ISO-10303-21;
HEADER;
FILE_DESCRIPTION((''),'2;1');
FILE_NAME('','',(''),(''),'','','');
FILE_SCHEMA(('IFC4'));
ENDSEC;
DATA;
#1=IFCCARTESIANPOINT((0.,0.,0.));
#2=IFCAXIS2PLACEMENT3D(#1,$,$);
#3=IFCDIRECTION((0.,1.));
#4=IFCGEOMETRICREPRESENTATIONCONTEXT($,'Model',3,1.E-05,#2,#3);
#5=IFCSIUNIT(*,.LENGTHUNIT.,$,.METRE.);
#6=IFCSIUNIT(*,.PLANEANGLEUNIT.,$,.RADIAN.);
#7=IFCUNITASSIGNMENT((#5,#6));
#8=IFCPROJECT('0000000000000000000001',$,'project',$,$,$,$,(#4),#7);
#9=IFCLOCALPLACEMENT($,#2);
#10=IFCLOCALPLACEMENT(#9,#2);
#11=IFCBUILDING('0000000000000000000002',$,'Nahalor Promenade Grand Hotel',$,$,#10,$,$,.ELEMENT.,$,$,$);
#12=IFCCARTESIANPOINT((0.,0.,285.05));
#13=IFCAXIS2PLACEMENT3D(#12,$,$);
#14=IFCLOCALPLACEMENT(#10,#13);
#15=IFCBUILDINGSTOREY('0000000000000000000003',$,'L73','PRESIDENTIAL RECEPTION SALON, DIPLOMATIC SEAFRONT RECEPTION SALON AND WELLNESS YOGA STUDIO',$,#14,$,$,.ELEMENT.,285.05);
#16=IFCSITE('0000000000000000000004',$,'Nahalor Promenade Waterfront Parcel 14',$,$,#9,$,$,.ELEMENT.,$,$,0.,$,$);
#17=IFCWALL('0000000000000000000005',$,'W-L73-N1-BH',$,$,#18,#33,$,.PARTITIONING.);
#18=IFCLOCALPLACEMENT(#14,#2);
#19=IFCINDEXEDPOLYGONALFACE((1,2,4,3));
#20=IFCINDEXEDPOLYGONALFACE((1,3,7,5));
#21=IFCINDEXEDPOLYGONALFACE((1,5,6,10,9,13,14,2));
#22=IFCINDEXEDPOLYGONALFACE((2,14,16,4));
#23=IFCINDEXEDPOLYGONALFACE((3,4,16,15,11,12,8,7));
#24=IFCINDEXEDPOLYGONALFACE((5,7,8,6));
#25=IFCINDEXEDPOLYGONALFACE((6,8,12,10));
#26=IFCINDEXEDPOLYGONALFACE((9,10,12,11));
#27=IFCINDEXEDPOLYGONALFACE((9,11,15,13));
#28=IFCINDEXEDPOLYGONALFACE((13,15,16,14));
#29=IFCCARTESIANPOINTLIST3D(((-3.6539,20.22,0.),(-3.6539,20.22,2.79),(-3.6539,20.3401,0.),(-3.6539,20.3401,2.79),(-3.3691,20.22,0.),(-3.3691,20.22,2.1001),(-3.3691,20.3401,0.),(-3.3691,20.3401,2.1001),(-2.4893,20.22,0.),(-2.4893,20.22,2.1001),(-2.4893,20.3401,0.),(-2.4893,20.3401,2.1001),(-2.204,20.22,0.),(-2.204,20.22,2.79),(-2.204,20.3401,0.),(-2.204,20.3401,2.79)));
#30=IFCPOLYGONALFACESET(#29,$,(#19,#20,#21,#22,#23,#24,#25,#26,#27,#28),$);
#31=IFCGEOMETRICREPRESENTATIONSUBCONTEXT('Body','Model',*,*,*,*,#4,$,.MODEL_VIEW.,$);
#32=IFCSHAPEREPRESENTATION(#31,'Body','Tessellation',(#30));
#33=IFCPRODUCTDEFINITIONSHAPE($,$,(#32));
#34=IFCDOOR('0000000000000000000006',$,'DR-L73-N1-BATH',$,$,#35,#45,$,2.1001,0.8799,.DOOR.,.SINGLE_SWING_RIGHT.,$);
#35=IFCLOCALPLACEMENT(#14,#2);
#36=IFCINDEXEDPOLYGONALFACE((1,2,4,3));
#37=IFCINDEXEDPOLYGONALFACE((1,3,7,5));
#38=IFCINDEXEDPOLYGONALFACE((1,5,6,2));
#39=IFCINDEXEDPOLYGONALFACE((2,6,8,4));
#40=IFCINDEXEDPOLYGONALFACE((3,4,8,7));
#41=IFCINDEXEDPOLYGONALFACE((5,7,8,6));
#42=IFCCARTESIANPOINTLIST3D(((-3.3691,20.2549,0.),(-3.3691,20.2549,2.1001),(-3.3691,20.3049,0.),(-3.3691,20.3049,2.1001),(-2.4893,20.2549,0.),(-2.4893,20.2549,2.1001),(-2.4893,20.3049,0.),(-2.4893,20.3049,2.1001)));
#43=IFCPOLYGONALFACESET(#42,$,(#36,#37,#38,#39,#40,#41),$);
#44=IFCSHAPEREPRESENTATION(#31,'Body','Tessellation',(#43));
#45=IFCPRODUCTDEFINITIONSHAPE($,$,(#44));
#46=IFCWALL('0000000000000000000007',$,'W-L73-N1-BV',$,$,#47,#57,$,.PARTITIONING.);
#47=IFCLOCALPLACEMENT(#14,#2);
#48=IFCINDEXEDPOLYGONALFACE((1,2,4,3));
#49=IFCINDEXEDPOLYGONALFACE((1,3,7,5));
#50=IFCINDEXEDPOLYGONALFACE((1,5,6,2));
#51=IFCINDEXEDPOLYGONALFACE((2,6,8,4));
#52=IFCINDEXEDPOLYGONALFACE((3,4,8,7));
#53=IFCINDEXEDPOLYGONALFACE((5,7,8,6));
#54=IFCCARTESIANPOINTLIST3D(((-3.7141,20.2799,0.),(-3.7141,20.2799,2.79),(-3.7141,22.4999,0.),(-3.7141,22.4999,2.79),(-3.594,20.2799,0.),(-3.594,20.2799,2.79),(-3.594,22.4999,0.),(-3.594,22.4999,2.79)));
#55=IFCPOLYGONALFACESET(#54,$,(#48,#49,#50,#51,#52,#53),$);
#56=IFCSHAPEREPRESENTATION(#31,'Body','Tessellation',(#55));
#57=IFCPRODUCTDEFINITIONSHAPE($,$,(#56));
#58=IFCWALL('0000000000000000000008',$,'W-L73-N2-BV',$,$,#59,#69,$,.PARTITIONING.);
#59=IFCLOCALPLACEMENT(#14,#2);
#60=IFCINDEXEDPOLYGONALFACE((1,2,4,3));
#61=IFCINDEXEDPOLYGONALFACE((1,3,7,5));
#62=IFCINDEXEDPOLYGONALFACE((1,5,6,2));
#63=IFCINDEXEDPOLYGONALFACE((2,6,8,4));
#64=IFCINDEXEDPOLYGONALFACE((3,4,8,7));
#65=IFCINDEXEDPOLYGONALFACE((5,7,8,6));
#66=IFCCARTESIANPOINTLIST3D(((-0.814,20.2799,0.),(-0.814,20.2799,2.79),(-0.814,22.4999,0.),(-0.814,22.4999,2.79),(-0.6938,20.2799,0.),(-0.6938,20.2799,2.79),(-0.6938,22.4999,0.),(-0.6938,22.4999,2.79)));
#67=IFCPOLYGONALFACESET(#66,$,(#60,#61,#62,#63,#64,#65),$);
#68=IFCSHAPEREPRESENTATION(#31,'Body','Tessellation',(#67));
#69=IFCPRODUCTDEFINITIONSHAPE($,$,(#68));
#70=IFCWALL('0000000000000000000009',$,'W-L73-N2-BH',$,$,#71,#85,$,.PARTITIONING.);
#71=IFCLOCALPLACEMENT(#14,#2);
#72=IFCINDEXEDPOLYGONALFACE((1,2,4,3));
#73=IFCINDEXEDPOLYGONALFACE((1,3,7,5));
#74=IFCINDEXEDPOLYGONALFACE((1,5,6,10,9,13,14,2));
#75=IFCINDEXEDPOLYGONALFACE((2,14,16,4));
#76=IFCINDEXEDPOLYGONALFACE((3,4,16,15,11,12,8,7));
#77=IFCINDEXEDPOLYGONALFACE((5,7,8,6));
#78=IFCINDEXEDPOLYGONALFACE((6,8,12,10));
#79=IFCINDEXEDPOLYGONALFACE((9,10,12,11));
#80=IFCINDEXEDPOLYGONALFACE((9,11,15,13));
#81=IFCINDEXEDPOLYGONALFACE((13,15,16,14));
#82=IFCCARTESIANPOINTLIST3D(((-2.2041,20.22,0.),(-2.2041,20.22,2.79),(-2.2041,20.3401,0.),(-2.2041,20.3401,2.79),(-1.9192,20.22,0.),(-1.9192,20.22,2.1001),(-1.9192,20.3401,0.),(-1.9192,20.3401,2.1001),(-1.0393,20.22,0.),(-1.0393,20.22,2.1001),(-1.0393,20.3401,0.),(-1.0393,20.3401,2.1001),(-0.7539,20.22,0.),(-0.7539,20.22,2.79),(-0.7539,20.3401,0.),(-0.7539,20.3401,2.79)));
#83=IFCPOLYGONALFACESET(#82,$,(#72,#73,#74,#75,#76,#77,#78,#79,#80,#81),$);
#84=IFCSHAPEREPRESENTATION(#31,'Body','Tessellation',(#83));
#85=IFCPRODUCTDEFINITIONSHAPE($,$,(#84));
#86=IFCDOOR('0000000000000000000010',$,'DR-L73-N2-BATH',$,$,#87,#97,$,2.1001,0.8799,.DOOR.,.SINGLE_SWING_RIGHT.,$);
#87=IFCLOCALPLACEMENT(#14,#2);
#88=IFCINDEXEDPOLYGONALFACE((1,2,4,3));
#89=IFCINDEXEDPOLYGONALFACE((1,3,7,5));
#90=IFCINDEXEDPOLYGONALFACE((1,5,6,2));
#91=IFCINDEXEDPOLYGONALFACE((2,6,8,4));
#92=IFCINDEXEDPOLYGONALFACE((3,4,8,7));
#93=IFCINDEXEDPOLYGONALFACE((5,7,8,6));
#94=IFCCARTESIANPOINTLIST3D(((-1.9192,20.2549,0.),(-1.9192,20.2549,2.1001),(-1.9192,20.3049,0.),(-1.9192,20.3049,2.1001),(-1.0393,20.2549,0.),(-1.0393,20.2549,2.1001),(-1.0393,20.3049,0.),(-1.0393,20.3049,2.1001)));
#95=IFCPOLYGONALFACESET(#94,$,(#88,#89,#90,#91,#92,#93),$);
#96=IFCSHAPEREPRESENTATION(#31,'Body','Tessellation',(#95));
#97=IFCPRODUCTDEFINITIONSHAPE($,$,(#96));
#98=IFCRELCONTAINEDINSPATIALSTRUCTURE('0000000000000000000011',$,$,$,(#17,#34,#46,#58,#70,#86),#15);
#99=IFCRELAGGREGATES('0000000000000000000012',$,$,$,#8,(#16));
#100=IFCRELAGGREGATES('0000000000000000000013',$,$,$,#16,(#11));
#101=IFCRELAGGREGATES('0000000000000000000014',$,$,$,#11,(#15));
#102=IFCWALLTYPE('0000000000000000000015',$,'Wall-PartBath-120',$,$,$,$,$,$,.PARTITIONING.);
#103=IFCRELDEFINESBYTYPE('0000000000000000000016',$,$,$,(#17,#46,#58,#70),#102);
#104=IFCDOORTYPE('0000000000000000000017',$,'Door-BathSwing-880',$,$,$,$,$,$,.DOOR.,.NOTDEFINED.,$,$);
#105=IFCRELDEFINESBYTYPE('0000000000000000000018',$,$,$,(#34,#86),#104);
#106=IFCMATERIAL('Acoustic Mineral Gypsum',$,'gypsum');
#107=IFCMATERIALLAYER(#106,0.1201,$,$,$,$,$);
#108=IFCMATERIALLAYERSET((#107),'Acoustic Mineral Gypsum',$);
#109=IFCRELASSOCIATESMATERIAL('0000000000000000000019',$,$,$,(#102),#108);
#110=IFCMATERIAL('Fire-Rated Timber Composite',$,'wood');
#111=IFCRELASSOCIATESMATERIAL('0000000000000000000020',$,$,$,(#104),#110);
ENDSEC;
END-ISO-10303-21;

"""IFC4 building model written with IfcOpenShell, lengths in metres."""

from ifc_helpers import new_model, si_unit, direction, frame, frame_2d, origin, place, context, subcontext, project, spatial, rectangle, extrude, source, transform, mapped, material, layer, layer_set, type_object, element, fill, save


model = new_model("IFC4")

# Units and contexts
model_context = context("Model", 3, precision=1e-05, world=origin(), true_north=direction((0.0, 1.0)))
body_context = subcontext(model_context, "Body", "Model", "MODEL_VIEW")
ifc_project = project(units=[si_unit("LENGTHUNIT", "METRE"), si_unit("PLANEANGLEUNIT", "RADIAN")], contexts=[model_context])

# Site, building, storey
site_placement = place(None, origin())
site = spatial("IfcSite", under=ifc_project, at=site_placement, Name="Nahalor Promenade Waterfront Parcel 14", CompositionType="ELEMENT", RefElevation=0.0)
building_placement = place(site_placement, origin())
building = spatial("IfcBuilding", under=site, at=building_placement, Name="Nahalor Promenade Grand Hotel", CompositionType="ELEMENT")
storey_placement = place(building_placement, frame((0.0, 0.0, 285.05)))
storey = spatial("IfcBuildingStorey", under=building, at=storey_placement, Name="L73", Description="PRESIDENTIAL RECEPTION SALON, DIPLOMATIC SEAFRONT RECEPTION SALON AND WELLNESS YOGA STUDIO", CompositionType="ELEMENT", Elevation=285.05)

# Wall, opening, door
ifc_material_1 = material(Name="Acoustic Mineral Gypsum", Category="gypsum")
ifc_layer_1 = layer(ifc_material_1, 0.1201)
ifc_layer_set_1 = layer_set([ifc_layer_1], Name="Acoustic Mineral Gypsum")
wall_type = type_object("IfcWallType", Name="Wall-PartBath-120", PredefinedType="PARTITIONING", material=ifc_layer_set_1)
shared_shape_1 = source(origin(), body_context, "Body", "SweptSolid", [
    extrude(rectangle(XDim=1.45, YDim=0.1201, at=frame_2d((0.7251, 0.0))), origin(), (0.0, 0.0, 1.0), 2.79),
])
wall_1_placement = place(storey_placement, frame((-3.6541, 20.28, 0.0), z_axis=(0.0, 0.0, 1.0), x_axis=(1.0, 0.0, 0.0)))
wall_1 = element("IfcWall", 1, at=wall_1_placement, inside=storey, type_object=wall_type, Name="W-L73-N1-BH", PredefinedType="PARTITIONING", context=body_context, shape_type="MappedRepresentation", body=[
    mapped(shared_shape_1, transform((0.0, 0.0, 0.0), scale=1.0)),
])
opening_1_placement = place(wall_1_placement, frame((0.2849, 0.0, 0.0)))
opening_1 = element("IfcOpeningElement", 2, at=opening_1_placement, cuts=wall_1, PredefinedType="OPENING", context=body_context, shape_type="SweptSolid", body=[
    extrude(rectangle(XDim=0.8799, YDim=2.1001, at=frame_2d((0.4399, 1.05))), frame((0.0, 0.0701, 0.0), z_axis=(0.0, -1.0, 0.0), x_axis=(1.0, 0.0, 0.0)), (0.0, 0.0, 1.0), 0.1401),
])
ifc_material_2 = material(Name="Fire-Rated Timber Composite", Category="wood")
door_type = type_object("IfcDoorType", Name="Door-BathSwing-880", OperationType="NOTDEFINED", PredefinedType="DOOR", material=ifc_material_2)
shared_shape_2 = source(origin(), body_context, "Body", "SweptSolid", [
    extrude(rectangle(XDim=0.8799, YDim=2.1001, at=frame_2d((0.4399, 1.05))), frame((0.0, 0.0249, 0.0), z_axis=(0.0, -1.0, 0.0), x_axis=(1.0, 0.0, 0.0)), (0.0, 0.0, 1.0), 0.05),
])
door_1_placement = place(opening_1_placement, origin())
door_1 = element("IfcDoor", 3, at=door_1_placement, inside=storey, type_object=door_type, Name="DR-L73-N1-BATH", OperationType="SINGLE_SWING_RIGHT", OverallHeight=2.1001, OverallWidth=0.8799, PredefinedType="DOOR", context=body_context, shape_type="MappedRepresentation", body=[
    mapped(shared_shape_2, transform((0.0, 0.0, 0.0), scale=1.0)),
])
fill(opening_1, door_1)

# Walls
shared_shape_3 = source(origin(), body_context, "Body", "SweptSolid", [
    extrude(rectangle(XDim=2.22, YDim=0.1201, at=frame_2d((1.1099, 0.0))), origin(), (0.0, 0.0, 1.0), 2.79),
])
for number, where, z_axis, x_axis, name in (
    (4, (-3.6541, 20.28, 0.0), (0.0, 0.0, 1.0), (0.0, 1.0, 0.0), "W-L73-N1-BV"),
    (5, (-0.7539, 20.28, 0.0), (0.0, 0.0, 1.0), (0.0, 1.0, 0.0), "W-L73-N2-BV"),
):
    element("IfcWall", number, at=place(storey_placement, frame(where, z_axis=z_axis, x_axis=x_axis)), inside=storey, type_object=wall_type, Name=name, PredefinedType="PARTITIONING", context=body_context, shape_type="MappedRepresentation", body=[
        mapped(shared_shape_3, transform((0.0, 0.0, 0.0), scale=1.0)),
    ])

# Wall, opening, door
shared_shape_4 = source(origin(), body_context, "Body", "SweptSolid", [
    extrude(rectangle(XDim=1.4502, YDim=0.1201, at=frame_2d((0.7251, 0.0))), origin(), (0.0, 0.0, 1.0), 2.79),
])
wall_2_placement = place(storey_placement, frame((-2.2041, 20.28, 0.0), z_axis=(0.0, 0.0, 1.0), x_axis=(1.0, 0.0, 0.0)))
wall_2 = element("IfcWall", 6, at=wall_2_placement, inside=storey, type_object=wall_type, Name="W-L73-N2-BH", PredefinedType="PARTITIONING", context=body_context, shape_type="MappedRepresentation", body=[
    mapped(shared_shape_4, transform((0.0, 0.0, 0.0), scale=1.0)),
])
opening_2_placement = place(wall_2_placement, frame((0.2849, 0.0, 0.0)))
opening_2 = element("IfcOpeningElement", 7, at=opening_2_placement, cuts=wall_2, PredefinedType="OPENING", context=body_context, shape_type="SweptSolid", body=[
    extrude(rectangle(XDim=0.8799, YDim=2.1001, at=frame_2d((0.4399, 1.05))), frame((0.0, 0.0701, 0.0), z_axis=(0.0, -1.0, 0.0), x_axis=(1.0, 0.0, 0.0)), (0.0, 0.0, 1.0), 0.1401),
])
door_2_placement = place(opening_2_placement, origin())
door_2 = element("IfcDoor", 8, at=door_2_placement, inside=storey, type_object=door_type, Name="DR-L73-N2-BATH", OperationType="SINGLE_SWING_RIGHT", OverallHeight=2.1001, OverallWidth=0.8799, PredefinedType="DOOR", context=body_context, shape_type="MappedRepresentation", body=[
    mapped(shared_shape_2, transform((0.0, 0.0, 0.0), scale=1.0)),
])
fill(opening_2, door_2)

save(model, "model.ifc")
